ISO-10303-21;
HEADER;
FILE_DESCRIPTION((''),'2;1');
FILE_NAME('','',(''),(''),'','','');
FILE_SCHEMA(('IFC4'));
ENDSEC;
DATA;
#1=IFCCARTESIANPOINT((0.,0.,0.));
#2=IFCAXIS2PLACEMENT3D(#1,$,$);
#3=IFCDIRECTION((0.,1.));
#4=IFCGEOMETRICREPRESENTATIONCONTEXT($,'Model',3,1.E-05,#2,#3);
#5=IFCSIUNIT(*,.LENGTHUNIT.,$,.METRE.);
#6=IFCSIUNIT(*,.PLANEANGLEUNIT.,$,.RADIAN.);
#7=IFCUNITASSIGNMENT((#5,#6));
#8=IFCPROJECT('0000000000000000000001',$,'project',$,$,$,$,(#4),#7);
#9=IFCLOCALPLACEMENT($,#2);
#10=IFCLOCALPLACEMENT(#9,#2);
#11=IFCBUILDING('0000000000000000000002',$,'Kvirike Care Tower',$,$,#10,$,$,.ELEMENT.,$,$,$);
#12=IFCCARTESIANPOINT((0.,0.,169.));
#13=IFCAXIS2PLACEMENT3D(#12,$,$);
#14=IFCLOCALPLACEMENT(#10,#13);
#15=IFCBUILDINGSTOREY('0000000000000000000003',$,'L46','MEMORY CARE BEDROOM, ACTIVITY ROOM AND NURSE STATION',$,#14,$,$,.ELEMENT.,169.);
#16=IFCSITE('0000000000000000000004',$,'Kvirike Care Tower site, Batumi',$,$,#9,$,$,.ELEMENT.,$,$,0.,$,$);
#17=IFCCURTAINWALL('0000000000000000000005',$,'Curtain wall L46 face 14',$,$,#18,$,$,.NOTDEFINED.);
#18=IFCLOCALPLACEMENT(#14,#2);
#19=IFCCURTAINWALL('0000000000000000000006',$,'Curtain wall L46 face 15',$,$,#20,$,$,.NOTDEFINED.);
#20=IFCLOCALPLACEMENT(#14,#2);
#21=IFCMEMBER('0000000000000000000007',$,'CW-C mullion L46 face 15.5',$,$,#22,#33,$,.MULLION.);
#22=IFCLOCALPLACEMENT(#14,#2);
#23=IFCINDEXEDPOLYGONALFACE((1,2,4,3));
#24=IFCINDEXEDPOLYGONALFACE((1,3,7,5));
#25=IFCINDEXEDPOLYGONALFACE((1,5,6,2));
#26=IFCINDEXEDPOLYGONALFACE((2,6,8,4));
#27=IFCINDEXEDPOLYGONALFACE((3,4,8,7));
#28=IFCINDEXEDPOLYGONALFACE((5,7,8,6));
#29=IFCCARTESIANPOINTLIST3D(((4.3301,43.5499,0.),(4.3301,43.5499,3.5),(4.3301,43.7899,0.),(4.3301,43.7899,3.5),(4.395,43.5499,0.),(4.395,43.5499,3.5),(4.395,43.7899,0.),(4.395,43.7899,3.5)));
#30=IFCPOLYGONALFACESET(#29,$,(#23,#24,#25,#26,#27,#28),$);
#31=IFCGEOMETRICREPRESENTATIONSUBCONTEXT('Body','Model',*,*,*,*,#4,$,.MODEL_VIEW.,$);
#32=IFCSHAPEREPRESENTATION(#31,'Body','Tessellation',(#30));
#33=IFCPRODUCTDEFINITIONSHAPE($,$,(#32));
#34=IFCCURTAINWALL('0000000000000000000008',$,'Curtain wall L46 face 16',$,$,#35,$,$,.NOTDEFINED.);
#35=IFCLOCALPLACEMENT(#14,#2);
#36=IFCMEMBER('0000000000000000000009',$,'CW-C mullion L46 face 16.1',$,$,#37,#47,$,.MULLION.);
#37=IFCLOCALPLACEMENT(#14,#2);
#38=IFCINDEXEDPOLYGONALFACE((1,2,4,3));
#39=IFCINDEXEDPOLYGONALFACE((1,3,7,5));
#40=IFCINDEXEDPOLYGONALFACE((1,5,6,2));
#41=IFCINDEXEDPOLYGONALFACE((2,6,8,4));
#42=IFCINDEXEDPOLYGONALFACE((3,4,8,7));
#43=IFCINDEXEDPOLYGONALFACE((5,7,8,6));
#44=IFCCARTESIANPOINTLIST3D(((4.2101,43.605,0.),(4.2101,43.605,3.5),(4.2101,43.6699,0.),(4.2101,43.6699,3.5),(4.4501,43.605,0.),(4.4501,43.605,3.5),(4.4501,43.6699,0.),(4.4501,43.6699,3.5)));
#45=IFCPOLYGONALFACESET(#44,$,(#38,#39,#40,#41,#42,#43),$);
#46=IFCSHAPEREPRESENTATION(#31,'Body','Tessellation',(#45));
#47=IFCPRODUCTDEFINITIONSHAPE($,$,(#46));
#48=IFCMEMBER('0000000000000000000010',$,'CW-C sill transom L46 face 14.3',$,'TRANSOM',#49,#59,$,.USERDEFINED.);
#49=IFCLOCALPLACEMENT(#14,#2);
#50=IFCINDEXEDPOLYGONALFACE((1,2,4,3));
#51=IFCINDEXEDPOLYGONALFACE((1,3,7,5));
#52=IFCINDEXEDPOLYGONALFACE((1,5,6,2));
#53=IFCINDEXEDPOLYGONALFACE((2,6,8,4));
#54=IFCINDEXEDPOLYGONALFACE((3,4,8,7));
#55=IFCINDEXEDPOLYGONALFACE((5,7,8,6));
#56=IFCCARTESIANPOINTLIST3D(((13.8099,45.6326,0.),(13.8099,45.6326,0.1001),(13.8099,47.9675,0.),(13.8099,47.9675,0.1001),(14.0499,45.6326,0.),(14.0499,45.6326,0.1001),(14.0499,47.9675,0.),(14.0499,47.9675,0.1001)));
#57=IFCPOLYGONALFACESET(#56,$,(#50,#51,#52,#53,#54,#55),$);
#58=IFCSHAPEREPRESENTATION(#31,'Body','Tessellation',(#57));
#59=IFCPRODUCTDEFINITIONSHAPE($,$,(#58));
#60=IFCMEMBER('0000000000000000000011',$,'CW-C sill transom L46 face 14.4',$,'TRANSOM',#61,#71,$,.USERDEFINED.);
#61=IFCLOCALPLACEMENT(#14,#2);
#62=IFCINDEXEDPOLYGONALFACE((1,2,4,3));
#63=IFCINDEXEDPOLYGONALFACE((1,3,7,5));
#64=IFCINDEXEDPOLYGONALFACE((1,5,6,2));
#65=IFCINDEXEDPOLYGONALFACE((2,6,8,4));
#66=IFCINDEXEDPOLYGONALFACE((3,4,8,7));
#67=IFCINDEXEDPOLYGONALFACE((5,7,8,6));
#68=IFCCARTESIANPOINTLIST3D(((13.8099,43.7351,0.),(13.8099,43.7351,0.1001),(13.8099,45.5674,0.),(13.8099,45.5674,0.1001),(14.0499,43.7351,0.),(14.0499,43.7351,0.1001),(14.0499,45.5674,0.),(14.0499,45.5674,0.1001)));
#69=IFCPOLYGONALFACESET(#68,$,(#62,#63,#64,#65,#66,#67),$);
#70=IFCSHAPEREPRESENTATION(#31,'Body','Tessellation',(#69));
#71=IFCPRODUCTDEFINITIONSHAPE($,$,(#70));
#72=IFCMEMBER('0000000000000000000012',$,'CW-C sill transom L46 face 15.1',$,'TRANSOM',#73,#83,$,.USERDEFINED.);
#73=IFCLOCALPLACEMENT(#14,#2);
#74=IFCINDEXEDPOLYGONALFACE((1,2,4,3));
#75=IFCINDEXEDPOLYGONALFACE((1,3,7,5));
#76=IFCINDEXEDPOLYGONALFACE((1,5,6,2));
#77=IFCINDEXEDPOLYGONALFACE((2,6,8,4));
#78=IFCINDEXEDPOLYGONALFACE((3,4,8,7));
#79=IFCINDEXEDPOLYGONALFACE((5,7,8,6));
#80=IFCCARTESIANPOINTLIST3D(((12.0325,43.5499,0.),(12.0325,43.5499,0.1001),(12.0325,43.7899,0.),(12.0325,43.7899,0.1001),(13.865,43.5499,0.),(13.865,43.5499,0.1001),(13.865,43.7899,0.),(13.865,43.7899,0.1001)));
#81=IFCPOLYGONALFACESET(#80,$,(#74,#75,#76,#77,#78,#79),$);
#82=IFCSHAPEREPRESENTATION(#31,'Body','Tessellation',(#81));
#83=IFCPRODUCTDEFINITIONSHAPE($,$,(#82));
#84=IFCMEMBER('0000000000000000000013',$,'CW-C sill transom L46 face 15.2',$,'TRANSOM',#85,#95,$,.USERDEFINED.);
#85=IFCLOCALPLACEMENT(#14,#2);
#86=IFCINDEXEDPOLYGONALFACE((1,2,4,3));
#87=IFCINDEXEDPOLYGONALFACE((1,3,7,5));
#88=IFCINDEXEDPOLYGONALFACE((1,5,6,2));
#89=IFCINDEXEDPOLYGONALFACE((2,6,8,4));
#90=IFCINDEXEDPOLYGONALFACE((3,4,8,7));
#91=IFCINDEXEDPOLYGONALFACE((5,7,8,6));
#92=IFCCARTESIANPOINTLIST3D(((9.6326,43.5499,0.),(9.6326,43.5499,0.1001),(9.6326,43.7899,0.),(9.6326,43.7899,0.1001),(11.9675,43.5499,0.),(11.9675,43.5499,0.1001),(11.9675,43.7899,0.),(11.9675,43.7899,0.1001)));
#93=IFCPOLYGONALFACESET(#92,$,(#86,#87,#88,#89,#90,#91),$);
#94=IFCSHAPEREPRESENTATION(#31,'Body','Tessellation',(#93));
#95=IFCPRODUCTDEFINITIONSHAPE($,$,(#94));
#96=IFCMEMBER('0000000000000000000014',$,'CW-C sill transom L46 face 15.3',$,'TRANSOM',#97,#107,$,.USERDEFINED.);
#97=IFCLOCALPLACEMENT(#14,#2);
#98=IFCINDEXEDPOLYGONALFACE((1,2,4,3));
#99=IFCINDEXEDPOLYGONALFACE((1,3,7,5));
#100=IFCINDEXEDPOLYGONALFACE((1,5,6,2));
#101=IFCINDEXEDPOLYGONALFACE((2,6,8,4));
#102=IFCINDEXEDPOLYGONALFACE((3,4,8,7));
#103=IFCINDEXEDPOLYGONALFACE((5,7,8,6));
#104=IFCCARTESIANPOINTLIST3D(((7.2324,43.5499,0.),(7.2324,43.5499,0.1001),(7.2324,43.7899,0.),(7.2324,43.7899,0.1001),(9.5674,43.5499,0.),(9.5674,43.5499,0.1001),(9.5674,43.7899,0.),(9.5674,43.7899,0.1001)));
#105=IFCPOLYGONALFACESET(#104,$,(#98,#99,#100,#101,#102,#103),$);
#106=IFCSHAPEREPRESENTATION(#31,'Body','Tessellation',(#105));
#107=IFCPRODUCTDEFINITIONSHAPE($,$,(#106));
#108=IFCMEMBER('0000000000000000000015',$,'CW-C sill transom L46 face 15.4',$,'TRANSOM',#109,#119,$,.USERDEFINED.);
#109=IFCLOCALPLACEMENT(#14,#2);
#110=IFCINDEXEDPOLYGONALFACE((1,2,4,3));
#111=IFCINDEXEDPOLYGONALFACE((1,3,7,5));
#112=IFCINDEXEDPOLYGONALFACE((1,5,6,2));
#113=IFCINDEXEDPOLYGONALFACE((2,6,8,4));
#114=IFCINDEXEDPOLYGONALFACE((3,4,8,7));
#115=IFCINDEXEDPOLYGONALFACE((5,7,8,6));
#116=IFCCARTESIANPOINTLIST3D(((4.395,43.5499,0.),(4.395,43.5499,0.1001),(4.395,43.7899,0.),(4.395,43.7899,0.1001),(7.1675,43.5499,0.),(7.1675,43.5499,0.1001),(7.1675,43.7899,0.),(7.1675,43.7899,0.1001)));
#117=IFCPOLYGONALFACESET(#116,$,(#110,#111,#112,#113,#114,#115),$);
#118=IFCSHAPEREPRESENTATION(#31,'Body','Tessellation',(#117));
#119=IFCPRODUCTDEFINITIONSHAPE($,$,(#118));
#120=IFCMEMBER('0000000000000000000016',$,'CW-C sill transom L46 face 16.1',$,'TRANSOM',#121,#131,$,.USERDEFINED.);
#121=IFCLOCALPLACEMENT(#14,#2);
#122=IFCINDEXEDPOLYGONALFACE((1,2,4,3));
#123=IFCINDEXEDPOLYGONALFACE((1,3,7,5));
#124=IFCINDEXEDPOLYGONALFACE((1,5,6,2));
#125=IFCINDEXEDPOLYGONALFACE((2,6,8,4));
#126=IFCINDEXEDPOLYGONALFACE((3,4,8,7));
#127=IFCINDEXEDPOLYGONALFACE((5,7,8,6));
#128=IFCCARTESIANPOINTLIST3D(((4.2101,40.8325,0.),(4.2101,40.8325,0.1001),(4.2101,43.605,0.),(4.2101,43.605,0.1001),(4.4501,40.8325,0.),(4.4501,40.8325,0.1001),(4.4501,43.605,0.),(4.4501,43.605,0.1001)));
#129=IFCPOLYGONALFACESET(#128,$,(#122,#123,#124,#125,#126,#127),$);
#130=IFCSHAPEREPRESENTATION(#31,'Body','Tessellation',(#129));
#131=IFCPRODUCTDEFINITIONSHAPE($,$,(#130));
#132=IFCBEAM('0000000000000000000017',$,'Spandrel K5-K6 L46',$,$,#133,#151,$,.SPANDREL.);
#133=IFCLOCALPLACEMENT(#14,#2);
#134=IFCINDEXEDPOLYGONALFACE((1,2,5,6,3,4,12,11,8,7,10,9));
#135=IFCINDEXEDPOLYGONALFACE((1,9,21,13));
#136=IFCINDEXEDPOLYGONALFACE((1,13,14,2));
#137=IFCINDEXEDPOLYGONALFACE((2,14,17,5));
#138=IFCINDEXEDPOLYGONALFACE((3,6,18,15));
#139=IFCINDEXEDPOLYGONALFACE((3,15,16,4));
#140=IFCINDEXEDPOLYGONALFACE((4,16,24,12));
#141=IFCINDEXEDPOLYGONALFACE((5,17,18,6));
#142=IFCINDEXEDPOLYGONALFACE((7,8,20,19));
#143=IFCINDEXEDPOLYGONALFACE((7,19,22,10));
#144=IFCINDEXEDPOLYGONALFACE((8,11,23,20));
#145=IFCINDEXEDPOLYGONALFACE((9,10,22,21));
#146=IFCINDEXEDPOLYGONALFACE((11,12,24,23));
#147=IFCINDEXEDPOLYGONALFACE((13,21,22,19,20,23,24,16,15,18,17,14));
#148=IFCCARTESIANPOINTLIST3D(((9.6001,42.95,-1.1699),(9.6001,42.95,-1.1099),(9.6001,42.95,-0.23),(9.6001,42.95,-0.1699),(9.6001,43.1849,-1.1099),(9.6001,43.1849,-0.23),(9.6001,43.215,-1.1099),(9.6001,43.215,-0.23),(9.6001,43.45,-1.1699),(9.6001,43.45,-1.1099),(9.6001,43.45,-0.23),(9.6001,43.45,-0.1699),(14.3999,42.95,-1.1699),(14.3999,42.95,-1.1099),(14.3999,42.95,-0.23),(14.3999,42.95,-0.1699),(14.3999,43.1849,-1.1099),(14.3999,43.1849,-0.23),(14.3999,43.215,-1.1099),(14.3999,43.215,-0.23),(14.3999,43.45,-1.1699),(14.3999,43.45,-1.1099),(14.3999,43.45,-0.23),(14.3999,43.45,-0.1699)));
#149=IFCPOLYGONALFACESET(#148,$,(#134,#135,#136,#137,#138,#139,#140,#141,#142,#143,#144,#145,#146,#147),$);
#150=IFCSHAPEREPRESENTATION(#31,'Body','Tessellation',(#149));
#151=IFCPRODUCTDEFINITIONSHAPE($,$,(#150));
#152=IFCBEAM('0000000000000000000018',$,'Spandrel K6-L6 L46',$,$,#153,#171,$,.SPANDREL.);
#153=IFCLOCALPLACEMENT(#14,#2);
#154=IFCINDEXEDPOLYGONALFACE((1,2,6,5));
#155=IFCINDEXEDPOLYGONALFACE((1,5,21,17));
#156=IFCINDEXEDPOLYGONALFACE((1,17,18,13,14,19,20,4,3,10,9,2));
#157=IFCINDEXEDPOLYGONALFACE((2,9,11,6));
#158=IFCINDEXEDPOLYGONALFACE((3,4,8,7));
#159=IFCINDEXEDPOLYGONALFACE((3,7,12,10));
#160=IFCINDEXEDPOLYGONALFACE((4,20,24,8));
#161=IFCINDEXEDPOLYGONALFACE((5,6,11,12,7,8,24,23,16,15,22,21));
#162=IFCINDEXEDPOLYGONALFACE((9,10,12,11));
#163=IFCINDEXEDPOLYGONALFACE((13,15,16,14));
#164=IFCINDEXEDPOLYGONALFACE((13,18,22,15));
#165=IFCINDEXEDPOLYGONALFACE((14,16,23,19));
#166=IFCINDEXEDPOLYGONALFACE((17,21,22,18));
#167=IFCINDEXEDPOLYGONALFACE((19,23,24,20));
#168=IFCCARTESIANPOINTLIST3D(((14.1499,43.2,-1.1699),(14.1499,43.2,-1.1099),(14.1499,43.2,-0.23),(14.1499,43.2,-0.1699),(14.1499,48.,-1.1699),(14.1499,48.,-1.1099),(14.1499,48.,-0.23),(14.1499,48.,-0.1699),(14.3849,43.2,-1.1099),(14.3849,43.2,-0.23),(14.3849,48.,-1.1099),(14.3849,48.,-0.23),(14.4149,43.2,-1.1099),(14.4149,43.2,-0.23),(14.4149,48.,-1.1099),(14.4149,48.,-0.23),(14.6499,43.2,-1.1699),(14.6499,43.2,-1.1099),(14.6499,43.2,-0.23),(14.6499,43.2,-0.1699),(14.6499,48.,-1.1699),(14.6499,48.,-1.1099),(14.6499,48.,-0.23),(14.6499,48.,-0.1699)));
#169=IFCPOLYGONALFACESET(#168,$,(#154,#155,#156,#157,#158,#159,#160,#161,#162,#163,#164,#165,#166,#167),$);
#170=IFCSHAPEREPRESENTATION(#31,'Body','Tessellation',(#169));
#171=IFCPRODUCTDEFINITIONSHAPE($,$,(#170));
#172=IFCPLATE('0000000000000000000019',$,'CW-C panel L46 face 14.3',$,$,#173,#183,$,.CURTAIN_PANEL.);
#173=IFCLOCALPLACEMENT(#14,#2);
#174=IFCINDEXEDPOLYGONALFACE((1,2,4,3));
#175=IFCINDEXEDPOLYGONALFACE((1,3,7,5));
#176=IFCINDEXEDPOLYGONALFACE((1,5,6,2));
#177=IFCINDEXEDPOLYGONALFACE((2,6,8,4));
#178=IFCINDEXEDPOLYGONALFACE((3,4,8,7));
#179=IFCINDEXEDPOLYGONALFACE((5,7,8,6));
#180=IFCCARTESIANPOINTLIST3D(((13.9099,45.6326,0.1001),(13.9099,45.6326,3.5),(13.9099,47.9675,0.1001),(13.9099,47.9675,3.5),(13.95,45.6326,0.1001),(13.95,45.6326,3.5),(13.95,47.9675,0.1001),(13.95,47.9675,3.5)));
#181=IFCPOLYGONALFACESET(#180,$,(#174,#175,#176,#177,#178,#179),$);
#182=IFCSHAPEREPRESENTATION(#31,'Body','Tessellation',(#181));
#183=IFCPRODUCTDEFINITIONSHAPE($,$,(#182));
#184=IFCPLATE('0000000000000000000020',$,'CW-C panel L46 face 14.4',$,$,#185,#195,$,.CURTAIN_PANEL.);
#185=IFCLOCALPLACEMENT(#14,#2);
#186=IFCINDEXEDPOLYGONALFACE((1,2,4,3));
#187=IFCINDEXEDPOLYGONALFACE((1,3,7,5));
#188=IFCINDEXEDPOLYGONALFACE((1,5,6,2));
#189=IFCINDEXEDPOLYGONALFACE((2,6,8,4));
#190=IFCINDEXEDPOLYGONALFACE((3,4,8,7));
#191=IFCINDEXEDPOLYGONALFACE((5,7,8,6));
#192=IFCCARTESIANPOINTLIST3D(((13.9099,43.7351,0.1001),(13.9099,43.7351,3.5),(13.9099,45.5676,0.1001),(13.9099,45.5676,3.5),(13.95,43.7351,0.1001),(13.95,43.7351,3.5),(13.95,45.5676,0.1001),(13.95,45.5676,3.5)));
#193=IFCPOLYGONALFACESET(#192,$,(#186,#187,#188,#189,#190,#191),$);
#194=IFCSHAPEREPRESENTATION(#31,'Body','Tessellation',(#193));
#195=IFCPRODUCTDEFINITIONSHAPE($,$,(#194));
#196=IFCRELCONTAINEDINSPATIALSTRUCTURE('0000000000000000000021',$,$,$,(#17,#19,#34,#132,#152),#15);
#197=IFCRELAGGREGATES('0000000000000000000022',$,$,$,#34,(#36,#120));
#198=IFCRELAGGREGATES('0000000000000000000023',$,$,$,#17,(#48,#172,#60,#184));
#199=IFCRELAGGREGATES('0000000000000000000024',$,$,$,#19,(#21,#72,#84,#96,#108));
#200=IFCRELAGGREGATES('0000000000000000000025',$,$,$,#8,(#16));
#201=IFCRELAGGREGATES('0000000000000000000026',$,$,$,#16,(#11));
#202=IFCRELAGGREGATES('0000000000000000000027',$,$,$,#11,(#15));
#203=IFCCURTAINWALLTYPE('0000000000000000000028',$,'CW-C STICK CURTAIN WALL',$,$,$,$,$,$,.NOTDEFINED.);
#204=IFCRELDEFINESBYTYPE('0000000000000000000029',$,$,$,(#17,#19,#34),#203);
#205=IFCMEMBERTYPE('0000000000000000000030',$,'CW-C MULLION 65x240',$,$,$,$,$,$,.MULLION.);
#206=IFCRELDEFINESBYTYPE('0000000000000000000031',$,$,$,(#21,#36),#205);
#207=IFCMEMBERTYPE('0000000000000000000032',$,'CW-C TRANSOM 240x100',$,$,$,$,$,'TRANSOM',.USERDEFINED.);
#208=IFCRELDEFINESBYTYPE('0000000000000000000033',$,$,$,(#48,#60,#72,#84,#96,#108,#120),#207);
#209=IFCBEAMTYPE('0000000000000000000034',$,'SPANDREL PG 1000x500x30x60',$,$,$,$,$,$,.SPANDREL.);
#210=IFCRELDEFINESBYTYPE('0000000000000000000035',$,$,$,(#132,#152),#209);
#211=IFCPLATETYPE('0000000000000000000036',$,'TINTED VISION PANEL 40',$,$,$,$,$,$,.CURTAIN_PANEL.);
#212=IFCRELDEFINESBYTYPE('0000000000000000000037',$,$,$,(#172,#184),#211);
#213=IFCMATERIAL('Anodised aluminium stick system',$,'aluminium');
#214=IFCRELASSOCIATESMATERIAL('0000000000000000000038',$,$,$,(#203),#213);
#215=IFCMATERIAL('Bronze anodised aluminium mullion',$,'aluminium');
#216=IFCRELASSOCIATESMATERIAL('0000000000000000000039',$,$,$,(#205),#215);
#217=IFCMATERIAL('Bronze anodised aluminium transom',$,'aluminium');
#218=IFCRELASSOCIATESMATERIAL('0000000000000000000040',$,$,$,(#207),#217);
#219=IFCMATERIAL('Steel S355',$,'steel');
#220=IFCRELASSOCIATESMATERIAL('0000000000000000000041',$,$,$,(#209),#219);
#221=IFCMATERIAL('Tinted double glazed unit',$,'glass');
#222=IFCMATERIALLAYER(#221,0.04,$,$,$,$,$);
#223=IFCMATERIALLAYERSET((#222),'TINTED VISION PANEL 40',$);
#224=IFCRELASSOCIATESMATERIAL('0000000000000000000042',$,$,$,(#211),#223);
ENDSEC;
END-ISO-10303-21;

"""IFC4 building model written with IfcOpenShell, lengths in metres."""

from ifc_helpers import new_model, si_unit, direction, frame, origin, origin_2d, place, context, subcontext, project, spatial, rectangle, i_section, extrude, material, layer, layer_set, material_profile, profile_set, type_object, element, aggregate, save


model = new_model("IFC4")

# Units and contexts
model_context = context("Model", 3, precision=1e-05, world=origin(), true_north=direction((0.0, 1.0)))
body_context = subcontext(model_context, "Body", "Model", "MODEL_VIEW")
ifc_project = project(units=[si_unit("LENGTHUNIT", "METRE"), si_unit("PLANEANGLEUNIT", "RADIAN")], contexts=[model_context])

# Site, building, storey
site_placement = place(None, origin())
site = spatial("IfcSite", under=ifc_project, at=site_placement, Name="Kvirike Care Tower site, Batumi", CompositionType="ELEMENT", RefElevation=0.0)
building_placement = place(site_placement, origin())
building = spatial("IfcBuilding", under=site, at=building_placement, Name="Kvirike Care Tower", CompositionType="ELEMENT")
storey_placement = place(building_placement, frame((0.0, 0.0, 169.0)))
storey = spatial("IfcBuildingStorey", under=building, at=storey_placement, Name="L46", Description="MEMORY CARE BEDROOM, ACTIVITY ROOM AND NURSE STATION", CompositionType="ELEMENT", Elevation=169.0)

# Curtain walls
ifc_material_1 = material(Name="Anodised aluminium stick system", Category="aluminium")
curtain_wall_type = type_object("IfcCurtainWallType", Name="CW-C STICK CURTAIN WALL", PredefinedType="NOTDEFINED", material=ifc_material_1)
curtain_wall_1_placement = place(storey_placement, origin())
curtain_wall_1 = element("IfcCurtainWall", 1, at=curtain_wall_1_placement, inside=storey, type_object=curtain_wall_type, Name="Curtain wall L46 face 14", PredefinedType="NOTDEFINED")
curtain_wall_2_placement = place(storey_placement, origin())
curtain_wall_2 = element("IfcCurtainWall", 2, at=curtain_wall_2_placement, inside=storey, type_object=curtain_wall_type, Name="Curtain wall L46 face 15", PredefinedType="NOTDEFINED")

# Member
ifc_material_2 = material(Name="Bronze anodised aluminium mullion", Category="aluminium")
ifc_material_profile_1 = material_profile(ifc_material_2, rectangle(XDim=0.0649, YDim=0.24, at=origin_2d()), Name="CW-C MULLION 65x240")
ifc_profile_set_1 = profile_set([ifc_material_profile_1], Name="Bronze anodised aluminium mullion")
member_type_1 = type_object("IfcMemberType", Name="CW-C MULLION 65x240", PredefinedType="MULLION", material=ifc_profile_set_1)
member_1_placement = place(storey_placement, frame((4.3625, 43.6699, 0.0), z_axis=(0.0, 0.0, 1.0), x_axis=(-1.0, 0.0, 0.0)))
member_1 = element("IfcMember", 3, at=member_1_placement, type_object=member_type_1, Name="CW-C mullion L46 face 15.5", PredefinedType="MULLION", context=body_context, shape_type="SweptSolid", body=[
    extrude(rectangle(XDim=0.0649, YDim=0.24, at=origin_2d()), origin(), (0.0, 0.0, 1.0), 3.5),
])

# Curtain wall, member
curtain_wall_3_placement = place(storey_placement, origin())
curtain_wall_3 = element("IfcCurtainWall", 4, at=curtain_wall_3_placement, inside=storey, type_object=curtain_wall_type, Name="Curtain wall L46 face 16", PredefinedType="NOTDEFINED")
member_2_placement = place(storey_placement, frame((4.3301, 43.6375, 0.0), z_axis=(0.0, 0.0, 1.0), x_axis=(0.0, -1.0, 0.0)))
member_2 = element("IfcMember", 5, at=member_2_placement, type_object=member_type_1, Name="CW-C mullion L46 face 16.1", PredefinedType="MULLION", context=body_context, shape_type="SweptSolid", body=[
    extrude(rectangle(XDim=0.0649, YDim=0.24, at=origin_2d()), origin(), (0.0, 0.0, 1.0), 3.5),
])

# Members
ifc_material_3 = material(Name="Bronze anodised aluminium transom", Category="aluminium")
ifc_material_profile_2 = material_profile(ifc_material_3, rectangle(XDim=0.24, YDim=0.1001, at=origin_2d()), Name="CW-C TRANSOM 240x100")
ifc_profile_set_2 = profile_set([ifc_material_profile_2], Name="Bronze anodised aluminium transom")
member_type_2 = type_object("IfcMemberType", Name="CW-C TRANSOM 240x100", ElementType="TRANSOM", PredefinedType="USERDEFINED", material=ifc_profile_set_2)
member_3_placement = place(storey_placement, frame((13.9299, 47.9675, 0.05), z_axis=(0.0, -1.0, 0.0), x_axis=(1.0, 0.0, 0.0)))
member_3 = element("IfcMember", 6, at=member_3_placement, type_object=member_type_2, Name="CW-C sill transom L46 face 14.3", ObjectType="TRANSOM", PredefinedType="USERDEFINED", context=body_context, shape_type="SweptSolid", body=[
    extrude(rectangle(XDim=0.24, YDim=0.1001, at=origin_2d()), origin(), (0.0, 0.0, 1.0), 2.335),
])
member_4_placement = place(storey_placement, frame((13.9299, 45.5674, 0.05), z_axis=(0.0, -1.0, 0.0), x_axis=(1.0, 0.0, 0.0)))
member_4 = element("IfcMember", 7, at=member_4_placement, type_object=member_type_2, Name="CW-C sill transom L46 face 14.4", ObjectType="TRANSOM", PredefinedType="USERDEFINED", context=body_context, shape_type="SweptSolid", body=[
    extrude(rectangle(XDim=0.24, YDim=0.1001, at=origin_2d()), origin(), (0.0, 0.0, 1.0), 1.8323),
])
member_5_placement = place(storey_placement, frame((13.865, 43.6699, 0.05), z_axis=(-1.0, 0.0, 0.0), x_axis=(0.0, -1.0, 0.0)))
member_5 = element("IfcMember", 8, at=member_5_placement, type_object=member_type_2, Name="CW-C sill transom L46 face 15.1", ObjectType="TRANSOM", PredefinedType="USERDEFINED", context=body_context, shape_type="SweptSolid", body=[
    extrude(rectangle(XDim=0.24, YDim=0.1001, at=origin_2d()), origin(), (0.0, 0.0, 1.0), 1.8325),
])
member_6_placement = place(storey_placement, frame((11.9675, 43.6699, 0.05), z_axis=(-1.0, 0.0, 0.0), x_axis=(0.0, -1.0, 0.0)))
member_6 = element("IfcMember", 9, at=member_6_placement, type_object=member_type_2, Name="CW-C sill transom L46 face 15.2", ObjectType="TRANSOM", PredefinedType="USERDEFINED", context=body_context, shape_type="SweptSolid", body=[
    extrude(rectangle(XDim=0.24, YDim=0.1001, at=origin_2d()), origin(), (0.0, 0.0, 1.0), 2.335),
])
member_7_placement = place(storey_placement, frame((9.5674, 43.6699, 0.05), z_axis=(-1.0, 0.0, 0.0), x_axis=(0.0, -1.0, 0.0)))
member_7 = element("IfcMember", 10, at=member_7_placement, type_object=member_type_2, Name="CW-C sill transom L46 face 15.3", ObjectType="TRANSOM", PredefinedType="USERDEFINED", context=body_context, shape_type="SweptSolid", body=[
    extrude(rectangle(XDim=0.24, YDim=0.1001, at=origin_2d()), origin(), (0.0, 0.0, 1.0), 2.335),
])
member_8_placement = place(storey_placement, frame((7.1675, 43.6699, 0.05), z_axis=(-1.0, 0.0, 0.0), x_axis=(0.0, -1.0, 0.0)))
member_8 = element("IfcMember", 11, at=member_8_placement, type_object=member_type_2, Name="CW-C sill transom L46 face 15.4", ObjectType="TRANSOM", PredefinedType="USERDEFINED", context=body_context, shape_type="SweptSolid", body=[
    extrude(rectangle(XDim=0.24, YDim=0.1001, at=origin_2d()), origin(), (0.0, 0.0, 1.0), 2.7725),
])
member_9_placement = place(storey_placement, frame((4.3301, 43.605, 0.05), z_axis=(0.0, -1.0, 0.0), x_axis=(1.0, 0.0, 0.0)))
member_9 = element("IfcMember", 12, at=member_9_placement, type_object=member_type_2, Name="CW-C sill transom L46 face 16.1", ObjectType="TRANSOM", PredefinedType="USERDEFINED", context=body_context, shape_type="SweptSolid", body=[
    extrude(rectangle(XDim=0.24, YDim=0.1001, at=origin_2d()), origin(), (0.0, 0.0, 1.0), 2.7725),
])
aggregate(curtain_wall_3, [member_2, member_9])

# Beams
ifc_material_4 = material(Name="Steel S355", Category="steel")
ifc_material_profile_3 = material_profile(ifc_material_4, i_section(OverallWidth=0.5, OverallDepth=1.0, WebThickness=0.03, FlangeThickness=0.0601, at=origin_2d()), Name="PG 1000x500x30x60")
ifc_profile_set_3 = profile_set([ifc_material_profile_3], Name="Steel S355")
beam_type = type_object("IfcBeamType", Name="SPANDREL PG 1000x500x30x60", PredefinedType="SPANDREL", material=ifc_profile_set_3)
beam_1_placement = place(storey_placement, frame((9.6001, 43.2, -0.6699), z_axis=(1.0, 0.0, 0.0), x_axis=(0.0, 1.0, 0.0)))
element("IfcBeam", 13, at=beam_1_placement, inside=storey, type_object=beam_type, Name="Spandrel K5-K6 L46", PredefinedType="SPANDREL", context=body_context, shape_type="SweptSolid", body=[
    extrude(i_section(OverallWidth=0.5, OverallDepth=1.0, WebThickness=0.03, FlangeThickness=0.0601, at=origin_2d()), origin(), (0.0, 0.0, 1.0), 4.7998),
])
beam_2_placement = place(storey_placement, frame((14.3999, 43.2, -0.6699), z_axis=(0.0, 1.0, 0.0), x_axis=(-1.0, 0.0, 0.0)))
element("IfcBeam", 14, at=beam_2_placement, inside=storey, type_object=beam_type, Name="Spandrel K6-L6 L46", PredefinedType="SPANDREL", context=body_context, shape_type="SweptSolid", body=[
    extrude(i_section(OverallWidth=0.5, OverallDepth=1.0, WebThickness=0.03, FlangeThickness=0.0601, at=origin_2d()), origin(), (0.0, 0.0, 1.0), 4.8),
])

# Plates
ifc_material_5 = material(Name="Tinted double glazed unit", Category="glass")
ifc_layer_1 = layer(ifc_material_5, 0.04)
ifc_layer_set_1 = layer_set([ifc_layer_1], Name="TINTED VISION PANEL 40")
plate_type = type_object("IfcPlateType", Name="TINTED VISION PANEL 40", PredefinedType="CURTAIN_PANEL", material=ifc_layer_set_1)
plate_1_placement = place(storey_placement, frame((13.9299, 46.8, 0.1001), z_axis=(0.0, 0.0, 1.0), x_axis=(0.0, -1.0, 0.0)))
plate_1 = element("IfcPlate", 15, at=plate_1_placement, type_object=plate_type, Name="CW-C panel L46 face 14.3", PredefinedType="CURTAIN_PANEL", context=body_context, shape_type="SweptSolid", body=[
    extrude(rectangle(XDim=2.335, YDim=0.04, at=origin_2d()), origin(), (0.0, 0.0, 1.0), 3.3999),
])
plate_2_placement = place(storey_placement, frame((13.9299, 44.6514, 0.1001), z_axis=(0.0, 0.0, 1.0), x_axis=(0.0, -1.0, 0.0)))
plate_2 = element("IfcPlate", 16, at=plate_2_placement, type_object=plate_type, Name="CW-C panel L46 face 14.4", PredefinedType="CURTAIN_PANEL", context=body_context, shape_type="SweptSolid", body=[
    extrude(rectangle(XDim=1.8325, YDim=0.04, at=origin_2d()), origin(), (0.0, 0.0, 1.0), 3.3999),
])
aggregate(curtain_wall_1, [member_3, plate_1, member_4, plate_2])
aggregate(curtain_wall_2, [member_1, member_5, member_6, member_7, member_8])

save(model, "model.ifc")
